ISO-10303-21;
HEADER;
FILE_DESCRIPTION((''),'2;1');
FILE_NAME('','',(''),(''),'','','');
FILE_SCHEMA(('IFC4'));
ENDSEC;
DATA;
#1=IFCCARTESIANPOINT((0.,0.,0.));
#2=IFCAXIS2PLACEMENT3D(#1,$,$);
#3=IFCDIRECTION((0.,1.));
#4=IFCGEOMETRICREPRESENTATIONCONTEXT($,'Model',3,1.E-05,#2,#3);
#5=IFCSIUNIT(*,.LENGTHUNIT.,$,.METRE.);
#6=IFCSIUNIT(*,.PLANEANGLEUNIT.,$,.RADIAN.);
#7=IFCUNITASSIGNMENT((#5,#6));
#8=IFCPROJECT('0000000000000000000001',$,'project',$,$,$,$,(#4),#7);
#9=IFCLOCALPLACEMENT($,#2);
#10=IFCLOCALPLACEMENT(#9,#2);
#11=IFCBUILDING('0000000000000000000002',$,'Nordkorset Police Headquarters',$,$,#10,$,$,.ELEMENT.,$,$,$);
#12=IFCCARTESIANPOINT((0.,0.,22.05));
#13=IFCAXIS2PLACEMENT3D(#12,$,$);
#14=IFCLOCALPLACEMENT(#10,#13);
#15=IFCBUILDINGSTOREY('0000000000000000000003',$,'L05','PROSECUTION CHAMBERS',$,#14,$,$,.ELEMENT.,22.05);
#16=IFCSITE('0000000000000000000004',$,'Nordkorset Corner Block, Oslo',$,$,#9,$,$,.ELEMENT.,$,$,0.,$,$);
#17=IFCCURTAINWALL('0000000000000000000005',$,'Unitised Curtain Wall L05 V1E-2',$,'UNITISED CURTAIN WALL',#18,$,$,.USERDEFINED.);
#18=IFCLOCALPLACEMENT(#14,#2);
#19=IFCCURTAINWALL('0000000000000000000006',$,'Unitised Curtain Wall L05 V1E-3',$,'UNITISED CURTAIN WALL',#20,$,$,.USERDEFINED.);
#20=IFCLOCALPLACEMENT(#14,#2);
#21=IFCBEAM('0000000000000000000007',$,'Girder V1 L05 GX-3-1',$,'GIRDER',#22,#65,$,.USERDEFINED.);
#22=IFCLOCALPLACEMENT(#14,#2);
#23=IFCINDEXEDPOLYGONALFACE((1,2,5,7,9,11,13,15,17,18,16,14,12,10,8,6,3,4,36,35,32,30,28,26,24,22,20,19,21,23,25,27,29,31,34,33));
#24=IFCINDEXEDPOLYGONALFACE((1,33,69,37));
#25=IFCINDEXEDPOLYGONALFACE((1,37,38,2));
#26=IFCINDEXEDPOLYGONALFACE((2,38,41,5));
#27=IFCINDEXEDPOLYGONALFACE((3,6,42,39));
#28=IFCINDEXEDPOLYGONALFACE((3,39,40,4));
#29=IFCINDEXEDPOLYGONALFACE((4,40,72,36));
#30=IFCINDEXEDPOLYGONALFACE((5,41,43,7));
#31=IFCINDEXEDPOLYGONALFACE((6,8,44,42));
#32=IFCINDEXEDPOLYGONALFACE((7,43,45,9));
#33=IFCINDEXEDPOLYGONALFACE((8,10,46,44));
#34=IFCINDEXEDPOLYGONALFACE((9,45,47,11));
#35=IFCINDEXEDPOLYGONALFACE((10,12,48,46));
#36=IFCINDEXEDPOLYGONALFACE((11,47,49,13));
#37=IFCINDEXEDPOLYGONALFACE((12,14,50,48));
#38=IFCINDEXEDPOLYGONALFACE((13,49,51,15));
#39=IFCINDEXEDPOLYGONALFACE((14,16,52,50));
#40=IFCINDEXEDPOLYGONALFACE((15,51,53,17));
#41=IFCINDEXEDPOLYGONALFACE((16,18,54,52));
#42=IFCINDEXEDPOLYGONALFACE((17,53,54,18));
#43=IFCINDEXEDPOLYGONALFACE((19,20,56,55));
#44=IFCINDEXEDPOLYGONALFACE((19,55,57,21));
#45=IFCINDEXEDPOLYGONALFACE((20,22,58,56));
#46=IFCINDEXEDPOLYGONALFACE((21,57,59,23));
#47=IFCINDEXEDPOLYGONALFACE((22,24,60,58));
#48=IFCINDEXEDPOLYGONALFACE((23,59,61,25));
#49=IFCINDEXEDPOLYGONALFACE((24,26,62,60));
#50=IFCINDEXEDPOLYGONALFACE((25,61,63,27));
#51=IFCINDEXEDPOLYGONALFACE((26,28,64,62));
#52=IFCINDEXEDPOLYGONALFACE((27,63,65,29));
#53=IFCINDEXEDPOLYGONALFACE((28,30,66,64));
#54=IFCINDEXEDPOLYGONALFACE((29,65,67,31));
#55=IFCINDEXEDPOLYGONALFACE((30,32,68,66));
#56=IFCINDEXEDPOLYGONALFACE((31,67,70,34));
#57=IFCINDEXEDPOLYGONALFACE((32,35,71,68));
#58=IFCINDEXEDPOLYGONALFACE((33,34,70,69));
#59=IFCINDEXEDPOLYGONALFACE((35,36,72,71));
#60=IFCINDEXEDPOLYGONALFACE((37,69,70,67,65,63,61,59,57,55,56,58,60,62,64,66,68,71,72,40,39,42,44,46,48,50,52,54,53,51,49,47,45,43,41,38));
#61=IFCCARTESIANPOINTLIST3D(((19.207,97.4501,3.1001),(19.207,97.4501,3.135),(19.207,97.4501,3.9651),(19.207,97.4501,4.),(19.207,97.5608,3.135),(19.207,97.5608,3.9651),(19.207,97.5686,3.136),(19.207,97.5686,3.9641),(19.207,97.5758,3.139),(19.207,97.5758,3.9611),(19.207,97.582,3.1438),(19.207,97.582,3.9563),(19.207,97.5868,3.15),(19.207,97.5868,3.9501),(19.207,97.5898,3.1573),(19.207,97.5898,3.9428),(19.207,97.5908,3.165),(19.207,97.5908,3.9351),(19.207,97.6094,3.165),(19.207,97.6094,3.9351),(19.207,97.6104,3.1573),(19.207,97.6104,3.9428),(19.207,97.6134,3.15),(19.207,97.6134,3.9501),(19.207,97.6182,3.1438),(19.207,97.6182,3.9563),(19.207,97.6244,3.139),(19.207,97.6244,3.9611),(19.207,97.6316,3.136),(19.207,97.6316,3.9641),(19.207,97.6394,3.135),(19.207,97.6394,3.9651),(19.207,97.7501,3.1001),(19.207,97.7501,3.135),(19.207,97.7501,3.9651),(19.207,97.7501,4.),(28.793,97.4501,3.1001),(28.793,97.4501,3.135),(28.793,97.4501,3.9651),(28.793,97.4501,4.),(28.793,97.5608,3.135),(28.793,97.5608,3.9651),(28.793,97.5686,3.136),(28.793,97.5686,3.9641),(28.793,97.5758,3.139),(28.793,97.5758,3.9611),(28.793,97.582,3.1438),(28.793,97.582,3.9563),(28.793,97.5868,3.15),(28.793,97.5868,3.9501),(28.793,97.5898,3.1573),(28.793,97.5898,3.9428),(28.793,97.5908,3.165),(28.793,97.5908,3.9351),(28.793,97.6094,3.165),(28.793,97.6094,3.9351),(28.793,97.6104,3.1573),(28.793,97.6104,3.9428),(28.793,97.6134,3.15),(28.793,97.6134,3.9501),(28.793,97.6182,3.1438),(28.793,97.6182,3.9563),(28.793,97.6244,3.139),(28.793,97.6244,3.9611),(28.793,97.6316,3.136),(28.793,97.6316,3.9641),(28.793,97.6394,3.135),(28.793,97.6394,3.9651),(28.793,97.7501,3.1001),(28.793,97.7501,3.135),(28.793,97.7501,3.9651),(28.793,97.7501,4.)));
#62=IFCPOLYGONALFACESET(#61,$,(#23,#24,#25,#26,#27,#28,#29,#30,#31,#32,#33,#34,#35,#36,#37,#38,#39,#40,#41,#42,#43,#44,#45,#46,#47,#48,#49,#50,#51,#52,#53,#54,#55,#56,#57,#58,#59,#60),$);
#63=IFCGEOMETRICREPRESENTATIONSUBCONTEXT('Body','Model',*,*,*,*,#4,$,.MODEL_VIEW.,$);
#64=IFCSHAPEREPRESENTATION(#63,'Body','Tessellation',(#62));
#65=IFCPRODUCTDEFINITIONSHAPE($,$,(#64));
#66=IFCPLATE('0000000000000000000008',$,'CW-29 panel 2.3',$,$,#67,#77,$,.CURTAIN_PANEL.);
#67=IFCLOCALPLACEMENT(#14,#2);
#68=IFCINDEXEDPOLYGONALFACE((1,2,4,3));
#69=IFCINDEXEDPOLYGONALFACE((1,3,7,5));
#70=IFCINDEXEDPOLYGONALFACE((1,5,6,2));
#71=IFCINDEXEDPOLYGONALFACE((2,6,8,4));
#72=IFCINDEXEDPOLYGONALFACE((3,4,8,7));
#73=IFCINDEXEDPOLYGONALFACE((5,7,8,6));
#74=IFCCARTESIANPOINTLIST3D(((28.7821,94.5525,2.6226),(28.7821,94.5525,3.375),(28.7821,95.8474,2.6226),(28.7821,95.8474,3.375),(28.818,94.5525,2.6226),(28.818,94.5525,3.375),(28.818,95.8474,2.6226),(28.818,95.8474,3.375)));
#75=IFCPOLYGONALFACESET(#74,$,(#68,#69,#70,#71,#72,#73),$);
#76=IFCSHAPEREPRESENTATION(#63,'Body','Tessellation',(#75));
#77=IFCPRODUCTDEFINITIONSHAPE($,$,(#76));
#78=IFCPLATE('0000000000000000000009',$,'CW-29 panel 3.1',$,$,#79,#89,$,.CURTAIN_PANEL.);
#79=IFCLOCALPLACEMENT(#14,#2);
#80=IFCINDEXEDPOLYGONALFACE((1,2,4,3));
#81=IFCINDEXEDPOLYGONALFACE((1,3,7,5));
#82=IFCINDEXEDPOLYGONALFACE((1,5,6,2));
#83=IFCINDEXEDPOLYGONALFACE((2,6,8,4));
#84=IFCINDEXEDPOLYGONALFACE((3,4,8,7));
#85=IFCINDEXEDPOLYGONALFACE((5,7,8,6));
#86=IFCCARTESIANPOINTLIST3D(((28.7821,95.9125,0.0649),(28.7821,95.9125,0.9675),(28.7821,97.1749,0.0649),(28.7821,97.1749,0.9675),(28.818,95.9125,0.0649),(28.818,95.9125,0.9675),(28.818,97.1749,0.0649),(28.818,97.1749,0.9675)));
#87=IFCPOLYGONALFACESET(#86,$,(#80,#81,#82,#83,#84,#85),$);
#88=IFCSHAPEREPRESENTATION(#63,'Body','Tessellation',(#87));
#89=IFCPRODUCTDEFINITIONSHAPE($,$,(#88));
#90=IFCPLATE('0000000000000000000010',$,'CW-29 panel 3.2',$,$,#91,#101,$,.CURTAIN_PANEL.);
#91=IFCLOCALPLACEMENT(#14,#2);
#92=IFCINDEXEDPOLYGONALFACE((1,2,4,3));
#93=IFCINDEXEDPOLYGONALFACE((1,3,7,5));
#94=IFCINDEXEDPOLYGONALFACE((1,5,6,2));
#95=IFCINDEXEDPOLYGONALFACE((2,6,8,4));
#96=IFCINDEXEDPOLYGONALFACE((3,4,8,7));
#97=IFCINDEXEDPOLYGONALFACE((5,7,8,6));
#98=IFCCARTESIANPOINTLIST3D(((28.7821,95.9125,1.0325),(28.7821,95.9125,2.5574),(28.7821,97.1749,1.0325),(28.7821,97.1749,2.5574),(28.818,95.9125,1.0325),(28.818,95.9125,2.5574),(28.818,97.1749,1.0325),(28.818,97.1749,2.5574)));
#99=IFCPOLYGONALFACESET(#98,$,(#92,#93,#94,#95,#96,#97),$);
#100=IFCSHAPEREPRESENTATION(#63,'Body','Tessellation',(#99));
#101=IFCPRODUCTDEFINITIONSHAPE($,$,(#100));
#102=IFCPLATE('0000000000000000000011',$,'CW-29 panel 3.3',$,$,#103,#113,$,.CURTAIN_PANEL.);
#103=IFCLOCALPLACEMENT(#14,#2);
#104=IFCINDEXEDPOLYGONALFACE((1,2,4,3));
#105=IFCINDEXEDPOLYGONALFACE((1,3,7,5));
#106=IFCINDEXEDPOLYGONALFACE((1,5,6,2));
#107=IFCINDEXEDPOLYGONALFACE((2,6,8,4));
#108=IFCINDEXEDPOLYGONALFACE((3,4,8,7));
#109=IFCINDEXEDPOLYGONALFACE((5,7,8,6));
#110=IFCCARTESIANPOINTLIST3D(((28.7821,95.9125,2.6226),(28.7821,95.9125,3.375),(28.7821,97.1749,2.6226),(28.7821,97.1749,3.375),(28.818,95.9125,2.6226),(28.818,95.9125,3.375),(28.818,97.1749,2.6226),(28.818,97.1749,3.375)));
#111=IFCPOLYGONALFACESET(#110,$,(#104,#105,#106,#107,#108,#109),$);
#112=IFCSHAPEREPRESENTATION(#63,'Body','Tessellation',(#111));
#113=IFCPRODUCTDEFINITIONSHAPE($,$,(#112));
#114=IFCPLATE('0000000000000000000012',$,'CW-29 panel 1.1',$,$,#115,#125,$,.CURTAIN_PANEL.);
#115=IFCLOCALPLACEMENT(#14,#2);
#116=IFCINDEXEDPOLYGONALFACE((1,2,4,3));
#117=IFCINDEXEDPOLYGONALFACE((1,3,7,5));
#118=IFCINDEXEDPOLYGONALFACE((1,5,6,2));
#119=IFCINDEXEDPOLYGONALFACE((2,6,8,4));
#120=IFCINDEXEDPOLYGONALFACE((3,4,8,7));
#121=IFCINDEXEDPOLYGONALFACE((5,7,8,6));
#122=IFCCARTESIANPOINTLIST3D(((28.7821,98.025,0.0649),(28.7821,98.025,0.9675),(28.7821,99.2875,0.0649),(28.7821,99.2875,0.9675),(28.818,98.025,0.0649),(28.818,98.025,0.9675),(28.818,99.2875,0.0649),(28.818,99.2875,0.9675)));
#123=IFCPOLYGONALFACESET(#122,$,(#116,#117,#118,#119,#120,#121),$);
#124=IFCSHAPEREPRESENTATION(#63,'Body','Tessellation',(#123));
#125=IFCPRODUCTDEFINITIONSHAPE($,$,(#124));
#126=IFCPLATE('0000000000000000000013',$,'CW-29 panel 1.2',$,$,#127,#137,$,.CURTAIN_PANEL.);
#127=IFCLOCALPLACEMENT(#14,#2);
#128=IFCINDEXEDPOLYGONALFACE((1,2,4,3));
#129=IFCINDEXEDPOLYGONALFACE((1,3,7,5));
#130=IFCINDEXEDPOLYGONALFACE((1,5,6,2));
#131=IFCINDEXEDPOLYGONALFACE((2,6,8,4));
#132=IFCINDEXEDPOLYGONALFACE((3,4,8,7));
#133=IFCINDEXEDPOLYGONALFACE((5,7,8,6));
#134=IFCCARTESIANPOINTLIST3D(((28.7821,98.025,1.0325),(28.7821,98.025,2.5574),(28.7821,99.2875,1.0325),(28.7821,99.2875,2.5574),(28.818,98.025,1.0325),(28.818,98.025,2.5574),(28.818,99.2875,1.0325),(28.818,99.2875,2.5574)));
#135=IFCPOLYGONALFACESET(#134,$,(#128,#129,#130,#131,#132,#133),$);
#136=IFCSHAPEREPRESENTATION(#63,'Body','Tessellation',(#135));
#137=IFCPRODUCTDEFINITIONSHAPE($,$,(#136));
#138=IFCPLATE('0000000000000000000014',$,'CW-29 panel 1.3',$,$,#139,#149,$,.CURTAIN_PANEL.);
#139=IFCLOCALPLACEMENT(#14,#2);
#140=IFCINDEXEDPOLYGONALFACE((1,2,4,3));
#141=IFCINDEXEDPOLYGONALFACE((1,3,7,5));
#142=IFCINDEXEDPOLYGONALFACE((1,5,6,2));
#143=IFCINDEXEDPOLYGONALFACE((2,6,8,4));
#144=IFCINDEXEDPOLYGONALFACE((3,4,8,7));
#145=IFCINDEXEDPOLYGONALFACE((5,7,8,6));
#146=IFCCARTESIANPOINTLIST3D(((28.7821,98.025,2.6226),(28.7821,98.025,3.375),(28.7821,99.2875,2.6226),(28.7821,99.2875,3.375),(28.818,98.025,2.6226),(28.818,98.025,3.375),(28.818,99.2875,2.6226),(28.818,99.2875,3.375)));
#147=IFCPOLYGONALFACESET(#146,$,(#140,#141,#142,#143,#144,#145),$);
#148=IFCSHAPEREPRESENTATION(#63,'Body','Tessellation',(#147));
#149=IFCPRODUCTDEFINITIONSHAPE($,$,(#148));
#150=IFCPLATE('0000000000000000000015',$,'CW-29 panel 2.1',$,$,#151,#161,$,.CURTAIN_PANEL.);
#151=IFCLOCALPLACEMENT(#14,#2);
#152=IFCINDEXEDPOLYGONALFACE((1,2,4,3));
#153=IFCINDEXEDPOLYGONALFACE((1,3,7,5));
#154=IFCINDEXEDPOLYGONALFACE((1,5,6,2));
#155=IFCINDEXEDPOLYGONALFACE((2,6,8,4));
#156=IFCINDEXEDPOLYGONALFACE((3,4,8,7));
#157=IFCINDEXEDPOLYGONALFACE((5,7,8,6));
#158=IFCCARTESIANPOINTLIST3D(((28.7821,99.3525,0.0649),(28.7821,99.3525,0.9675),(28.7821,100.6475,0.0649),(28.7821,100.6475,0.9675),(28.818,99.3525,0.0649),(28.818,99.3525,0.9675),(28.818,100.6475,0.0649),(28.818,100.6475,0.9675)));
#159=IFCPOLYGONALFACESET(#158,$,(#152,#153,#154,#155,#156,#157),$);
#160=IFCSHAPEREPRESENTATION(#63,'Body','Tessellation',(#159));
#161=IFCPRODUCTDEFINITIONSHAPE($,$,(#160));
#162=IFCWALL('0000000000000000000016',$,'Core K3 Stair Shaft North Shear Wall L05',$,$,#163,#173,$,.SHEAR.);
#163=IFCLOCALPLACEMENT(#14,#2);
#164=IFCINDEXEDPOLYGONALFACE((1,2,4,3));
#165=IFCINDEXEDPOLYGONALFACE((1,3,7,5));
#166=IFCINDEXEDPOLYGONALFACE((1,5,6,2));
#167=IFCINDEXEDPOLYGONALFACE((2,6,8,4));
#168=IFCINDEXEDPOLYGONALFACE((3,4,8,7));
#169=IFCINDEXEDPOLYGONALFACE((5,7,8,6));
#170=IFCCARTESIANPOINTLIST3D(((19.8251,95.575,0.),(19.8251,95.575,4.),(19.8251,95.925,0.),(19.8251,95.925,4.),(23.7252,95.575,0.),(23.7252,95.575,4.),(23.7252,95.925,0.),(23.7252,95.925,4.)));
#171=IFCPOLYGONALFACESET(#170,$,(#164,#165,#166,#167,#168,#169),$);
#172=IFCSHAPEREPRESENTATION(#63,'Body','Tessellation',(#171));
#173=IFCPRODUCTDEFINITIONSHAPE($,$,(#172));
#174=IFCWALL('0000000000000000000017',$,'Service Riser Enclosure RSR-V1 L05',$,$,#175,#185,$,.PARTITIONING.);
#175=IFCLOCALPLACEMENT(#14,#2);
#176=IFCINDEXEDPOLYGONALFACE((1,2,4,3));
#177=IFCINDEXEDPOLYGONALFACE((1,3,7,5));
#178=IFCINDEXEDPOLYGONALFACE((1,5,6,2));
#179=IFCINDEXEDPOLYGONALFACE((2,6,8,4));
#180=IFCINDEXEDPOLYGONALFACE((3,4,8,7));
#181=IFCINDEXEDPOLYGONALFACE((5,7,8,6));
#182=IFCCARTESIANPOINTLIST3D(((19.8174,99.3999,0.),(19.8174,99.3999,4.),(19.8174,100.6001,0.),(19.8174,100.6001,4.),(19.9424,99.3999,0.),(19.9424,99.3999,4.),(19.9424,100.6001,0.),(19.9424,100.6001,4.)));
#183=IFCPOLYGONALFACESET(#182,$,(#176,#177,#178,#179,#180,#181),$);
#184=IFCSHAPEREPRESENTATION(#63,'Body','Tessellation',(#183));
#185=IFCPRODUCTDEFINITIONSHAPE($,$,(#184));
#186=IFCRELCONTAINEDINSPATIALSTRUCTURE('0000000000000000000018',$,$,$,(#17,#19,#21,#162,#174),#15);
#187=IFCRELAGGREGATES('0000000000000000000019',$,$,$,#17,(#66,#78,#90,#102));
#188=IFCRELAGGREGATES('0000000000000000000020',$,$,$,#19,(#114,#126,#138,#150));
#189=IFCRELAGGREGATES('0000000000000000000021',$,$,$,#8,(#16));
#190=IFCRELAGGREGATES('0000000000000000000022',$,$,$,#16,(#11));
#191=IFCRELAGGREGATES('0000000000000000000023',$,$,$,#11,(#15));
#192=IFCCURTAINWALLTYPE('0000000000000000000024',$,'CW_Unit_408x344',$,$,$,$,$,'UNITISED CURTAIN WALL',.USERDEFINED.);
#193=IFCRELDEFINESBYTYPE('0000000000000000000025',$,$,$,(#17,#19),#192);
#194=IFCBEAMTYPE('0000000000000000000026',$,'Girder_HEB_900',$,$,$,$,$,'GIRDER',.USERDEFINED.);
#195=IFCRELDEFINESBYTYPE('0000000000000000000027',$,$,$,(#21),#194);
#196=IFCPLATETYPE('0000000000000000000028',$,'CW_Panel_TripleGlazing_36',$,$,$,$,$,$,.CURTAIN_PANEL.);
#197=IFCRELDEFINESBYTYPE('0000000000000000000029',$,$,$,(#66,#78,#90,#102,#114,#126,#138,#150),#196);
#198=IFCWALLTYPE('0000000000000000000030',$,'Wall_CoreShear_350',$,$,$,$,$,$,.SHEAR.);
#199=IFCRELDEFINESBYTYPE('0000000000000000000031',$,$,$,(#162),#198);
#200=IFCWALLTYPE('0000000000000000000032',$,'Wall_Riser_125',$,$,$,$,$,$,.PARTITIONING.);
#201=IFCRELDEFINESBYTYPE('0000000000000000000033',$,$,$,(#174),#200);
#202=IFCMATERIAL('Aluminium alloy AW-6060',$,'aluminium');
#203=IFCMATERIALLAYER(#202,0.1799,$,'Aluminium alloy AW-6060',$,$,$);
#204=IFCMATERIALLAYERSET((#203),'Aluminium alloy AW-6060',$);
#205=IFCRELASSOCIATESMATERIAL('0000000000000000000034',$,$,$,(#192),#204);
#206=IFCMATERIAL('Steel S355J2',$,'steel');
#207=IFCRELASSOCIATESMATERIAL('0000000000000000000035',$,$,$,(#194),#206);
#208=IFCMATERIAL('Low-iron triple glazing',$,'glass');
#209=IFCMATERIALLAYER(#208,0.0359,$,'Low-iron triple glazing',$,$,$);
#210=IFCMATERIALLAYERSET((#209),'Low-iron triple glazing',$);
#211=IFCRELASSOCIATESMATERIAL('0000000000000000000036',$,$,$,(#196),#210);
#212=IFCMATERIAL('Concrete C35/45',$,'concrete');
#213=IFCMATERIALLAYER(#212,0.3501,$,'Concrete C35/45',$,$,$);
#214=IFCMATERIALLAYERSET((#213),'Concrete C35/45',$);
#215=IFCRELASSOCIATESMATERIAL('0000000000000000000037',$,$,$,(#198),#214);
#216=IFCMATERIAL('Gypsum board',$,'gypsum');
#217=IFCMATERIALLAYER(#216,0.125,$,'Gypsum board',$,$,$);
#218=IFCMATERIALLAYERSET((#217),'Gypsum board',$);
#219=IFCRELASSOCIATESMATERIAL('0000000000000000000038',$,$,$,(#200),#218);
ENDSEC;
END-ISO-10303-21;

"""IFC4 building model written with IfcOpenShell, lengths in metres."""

from ifc_helpers import new_model, si_unit, direction, frame, frame_2d, origin, origin_2d, place, context, subcontext, project, spatial, rectangle, i_section, extrude, material, layer, layer_set, material_profile, profile_set, type_object, element, aggregate, save


model = new_model("IFC4")

# Units and contexts
model_context = context("Model", 3, precision=1e-05, world=origin(), true_north=direction((0.0, 1.0)))
body_context = subcontext(model_context, "Body", "Model", "MODEL_VIEW")
ifc_project = project(units=[si_unit("LENGTHUNIT", "METRE"), si_unit("PLANEANGLEUNIT", "RADIAN")], contexts=[model_context])

# Site, building, storey
site_placement = place(None, origin())
site = spatial("IfcSite", under=ifc_project, at=site_placement, Name="Nordkorset Corner Block, Oslo", CompositionType="ELEMENT", RefElevation=0.0)
building_placement = place(site_placement, origin())
building = spatial("IfcBuilding", under=site, at=building_placement, Name="Nordkorset Police Headquarters", CompositionType="ELEMENT")
storey_placement = place(building_placement, frame((0.0, 0.0, 22.05)))
storey = spatial("IfcBuildingStorey", under=building, at=storey_placement, Name="L05", Description="PROSECUTION CHAMBERS", CompositionType="ELEMENT", Elevation=22.05)

# Curtain walls
ifc_material_1 = material(Name="Aluminium alloy AW-6060", Category="aluminium")
ifc_layer_1 = layer(ifc_material_1, 0.1799, Name="Aluminium alloy AW-6060")
ifc_layer_set_1 = layer_set([ifc_layer_1], Name="Aluminium alloy AW-6060")
curtain_wall_type = type_object("IfcCurtainWallType", Name="CW_Unit_408x344", ElementType="UNITISED CURTAIN WALL", PredefinedType="USERDEFINED", material=ifc_layer_set_1)
curtain_wall_1_placement = place(storey_placement, origin())
curtain_wall_1 = element("IfcCurtainWall", 1, at=curtain_wall_1_placement, inside=storey, type_object=curtain_wall_type, Name="Unitised Curtain Wall L05 V1E-2", ObjectType="UNITISED CURTAIN WALL", PredefinedType="USERDEFINED")
curtain_wall_2_placement = place(storey_placement, origin())
curtain_wall_2 = element("IfcCurtainWall", 2, at=curtain_wall_2_placement, inside=storey, type_object=curtain_wall_type, Name="Unitised Curtain Wall L05 V1E-3", ObjectType="UNITISED CURTAIN WALL", PredefinedType="USERDEFINED")

# Beam
ifc_material_2 = material(Name="Steel S355J2", Category="steel")
ifc_material_profile_1 = material_profile(ifc_material_2, i_section(OverallWidth=0.3, OverallDepth=0.8999, WebThickness=0.0186, FlangeThickness=0.0349, FilletRadius=0.03, at=origin_2d()), Name="HEB 900")
ifc_profile_set_1 = profile_set([ifc_material_profile_1], Name="Steel S355J2")
beam_type_1 = type_object("IfcBeamType", Name="Girder_HEB_900", ElementType="GIRDER", PredefinedType="USERDEFINED", material=ifc_profile_set_1)
beam_1_placement = place(storey_placement, frame((19.207, 97.6001, 3.55), z_axis=(1.0, 0.0, 0.0), x_axis=(0.0, 1.0, 0.0)))
element("IfcBeam", 3, at=beam_1_placement, inside=storey, type_object=beam_type_1, Name="Girder V1 L05 GX-3-1", ObjectType="GIRDER", PredefinedType="USERDEFINED", context=body_context, shape_type="SweptSolid", body=[
    extrude(i_section(OverallWidth=0.3, OverallDepth=0.8999, WebThickness=0.0186, FlangeThickness=0.0349, FilletRadius=0.03, at=origin_2d()), origin(), (0.0, 0.0, 1.0), 9.5859),
])

# Plates
ifc_material_3 = material(Name="Low-iron triple glazing", Category="glass")
ifc_layer_2 = layer(ifc_material_3, 0.0359, Name="Low-iron triple glazing")
ifc_layer_set_2 = layer_set([ifc_layer_2], Name="Low-iron triple glazing")
plate_type = type_object("IfcPlateType", Name="CW_Panel_TripleGlazing_36", PredefinedType="CURTAIN_PANEL", material=ifc_layer_set_2)
plate_1_placement = place(storey_placement, frame((28.8, 95.2, 2.6226), z_axis=(0.0, 0.0, 1.0), x_axis=(0.0, 1.0, 0.0)))
plate_1 = element("IfcPlate", 4, at=plate_1_placement, type_object=plate_type, Name="CW-29 panel 2.3", PredefinedType="CURTAIN_PANEL", context=body_context, shape_type="SweptSolid", body=[
    extrude(rectangle(XDim=1.2949, YDim=0.0359, at=origin_2d()), origin(), (0.0, 0.0, 1.0), 0.7524),
])
plate_2_placement = place(storey_placement, frame((28.8, 96.5437, 0.0649), z_axis=(0.0, 0.0, 1.0), x_axis=(0.0, 1.0, 0.0)))
plate_2 = element("IfcPlate", 5, at=plate_2_placement, type_object=plate_type, Name="CW-29 panel 3.1", PredefinedType="CURTAIN_PANEL", context=body_context, shape_type="SweptSolid", body=[
    extrude(rectangle(XDim=1.2625, YDim=0.0359, at=origin_2d()), origin(), (0.0, 0.0, 1.0), 0.9026),
])
plate_3_placement = place(storey_placement, frame((28.8, 96.5437, 1.0325), z_axis=(0.0, 0.0, 1.0), x_axis=(0.0, 1.0, 0.0)))
plate_3 = element("IfcPlate", 6, at=plate_3_placement, type_object=plate_type, Name="CW-29 panel 3.2", PredefinedType="CURTAIN_PANEL", context=body_context, shape_type="SweptSolid", body=[
    extrude(rectangle(XDim=1.2625, YDim=0.0359, at=origin_2d()), origin(), (0.0, 0.0, 1.0), 1.5249),
])
plate_4_placement = place(storey_placement, frame((28.8, 96.5437, 2.6226), z_axis=(0.0, 0.0, 1.0), x_axis=(0.0, 1.0, 0.0)))
plate_4 = element("IfcPlate", 7, at=plate_4_placement, type_object=plate_type, Name="CW-29 panel 3.3", PredefinedType="CURTAIN_PANEL", context=body_context, shape_type="SweptSolid", body=[
    extrude(rectangle(XDim=1.2625, YDim=0.0359, at=origin_2d()), origin(), (0.0, 0.0, 1.0), 0.7524),
])
aggregate(curtain_wall_1, [plate_1, plate_2, plate_3, plate_4])
plate_5_placement = place(storey_placement, frame((28.8, 98.6562, 0.0649), z_axis=(0.0, 0.0, 1.0), x_axis=(0.0, 1.0, 0.0)))
plate_5 = element("IfcPlate", 8, at=plate_5_placement, type_object=plate_type, Name="CW-29 panel 1.1", PredefinedType="CURTAIN_PANEL", context=body_context, shape_type="SweptSolid", body=[
    extrude(rectangle(XDim=1.2625, YDim=0.0359, at=origin_2d()), origin(), (0.0, 0.0, 1.0), 0.9026),
])
plate_6_placement = place(storey_placement, frame((28.8, 98.6562, 1.0325), z_axis=(0.0, 0.0, 1.0), x_axis=(0.0, 1.0, 0.0)))
plate_6 = element("IfcPlate", 9, at=plate_6_placement, type_object=plate_type, Name="CW-29 panel 1.2", PredefinedType="CURTAIN_PANEL", context=body_context, shape_type="SweptSolid", body=[
    extrude(rectangle(XDim=1.2625, YDim=0.0359, at=origin_2d()), origin(), (0.0, 0.0, 1.0), 1.5249),
])
plate_7_placement = place(storey_placement, frame((28.8, 98.6562, 2.6226), z_axis=(0.0, 0.0, 1.0), x_axis=(0.0, 1.0, 0.0)))
plate_7 = element("IfcPlate", 10, at=plate_7_placement, type_object=plate_type, Name="CW-29 panel 1.3", PredefinedType="CURTAIN_PANEL", context=body_context, shape_type="SweptSolid", body=[
    extrude(rectangle(XDim=1.2625, YDim=0.0359, at=origin_2d()), origin(), (0.0, 0.0, 1.0), 0.7524),
])
plate_8_placement = place(storey_placement, frame((28.8, 100.0, 0.0649), z_axis=(0.0, 0.0, 1.0), x_axis=(0.0, 1.0, 0.0)))
plate_8 = element("IfcPlate", 11, at=plate_8_placement, type_object=plate_type, Name="CW-29 panel 2.1", PredefinedType="CURTAIN_PANEL", context=body_context, shape_type="SweptSolid", body=[
    extrude(rectangle(XDim=1.2949, YDim=0.0359, at=origin_2d()), origin(), (0.0, 0.0, 1.0), 0.9026),
])
aggregate(curtain_wall_2, [plate_5, plate_6, plate_7, plate_8])

# Walls
ifc_material_4 = material(Name="Concrete C35/45", Category="concrete")
ifc_layer_3 = layer(ifc_material_4, 0.3501, Name="Concrete C35/45")
ifc_layer_set_3 = layer_set([ifc_layer_3], Name="Concrete C35/45")
wall_type_1 = type_object("IfcWallType", Name="Wall_CoreShear_350", PredefinedType="SHEAR", material=ifc_layer_set_3)
wall_1_placement = place(storey_placement, frame((19.825, 95.75, 0.0), z_axis=(0.0, 0.0, 1.0), x_axis=(1.0, 0.0, 0.0)))
element("IfcWall", 12, at=wall_1_placement, inside=storey, type_object=wall_type_1, Name="Core K3 Stair Shaft North Shear Wall L05", PredefinedType="SHEAR", context=body_context, shape_type="SweptSolid", body=[
    extrude(rectangle(XDim=3.9001, YDim=0.3501, at=frame_2d((1.9502, 0.0))), origin(), (0.0, 0.0, 1.0), 4.0),
])
ifc_material_5 = material(Name="Gypsum board", Category="gypsum")
ifc_layer_4 = layer(ifc_material_5, 0.125, Name="Gypsum board")
ifc_layer_set_4 = layer_set([ifc_layer_4], Name="Gypsum board")
wall_type_2 = type_object("IfcWallType", Name="Wall_Riser_125", PredefinedType="PARTITIONING", material=ifc_layer_set_4)
wall_2_placement = place(storey_placement, frame((19.8799, 99.3999, 0.0), z_axis=(0.0, 0.0, 1.0), x_axis=(0.0, 1.0, 0.0)))
element("IfcWall", 13, at=wall_2_placement, inside=storey, type_object=wall_type_2, Name="Service Riser Enclosure RSR-V1 L05", PredefinedType="PARTITIONING", context=body_context, shape_type="SweptSolid", body=[
    extrude(rectangle(XDim=1.2002, YDim=0.125, at=frame_2d((0.6001, 0.0))), origin(), (0.0, 0.0, 1.0), 4.0),
])

save(model, "model.ifc")
